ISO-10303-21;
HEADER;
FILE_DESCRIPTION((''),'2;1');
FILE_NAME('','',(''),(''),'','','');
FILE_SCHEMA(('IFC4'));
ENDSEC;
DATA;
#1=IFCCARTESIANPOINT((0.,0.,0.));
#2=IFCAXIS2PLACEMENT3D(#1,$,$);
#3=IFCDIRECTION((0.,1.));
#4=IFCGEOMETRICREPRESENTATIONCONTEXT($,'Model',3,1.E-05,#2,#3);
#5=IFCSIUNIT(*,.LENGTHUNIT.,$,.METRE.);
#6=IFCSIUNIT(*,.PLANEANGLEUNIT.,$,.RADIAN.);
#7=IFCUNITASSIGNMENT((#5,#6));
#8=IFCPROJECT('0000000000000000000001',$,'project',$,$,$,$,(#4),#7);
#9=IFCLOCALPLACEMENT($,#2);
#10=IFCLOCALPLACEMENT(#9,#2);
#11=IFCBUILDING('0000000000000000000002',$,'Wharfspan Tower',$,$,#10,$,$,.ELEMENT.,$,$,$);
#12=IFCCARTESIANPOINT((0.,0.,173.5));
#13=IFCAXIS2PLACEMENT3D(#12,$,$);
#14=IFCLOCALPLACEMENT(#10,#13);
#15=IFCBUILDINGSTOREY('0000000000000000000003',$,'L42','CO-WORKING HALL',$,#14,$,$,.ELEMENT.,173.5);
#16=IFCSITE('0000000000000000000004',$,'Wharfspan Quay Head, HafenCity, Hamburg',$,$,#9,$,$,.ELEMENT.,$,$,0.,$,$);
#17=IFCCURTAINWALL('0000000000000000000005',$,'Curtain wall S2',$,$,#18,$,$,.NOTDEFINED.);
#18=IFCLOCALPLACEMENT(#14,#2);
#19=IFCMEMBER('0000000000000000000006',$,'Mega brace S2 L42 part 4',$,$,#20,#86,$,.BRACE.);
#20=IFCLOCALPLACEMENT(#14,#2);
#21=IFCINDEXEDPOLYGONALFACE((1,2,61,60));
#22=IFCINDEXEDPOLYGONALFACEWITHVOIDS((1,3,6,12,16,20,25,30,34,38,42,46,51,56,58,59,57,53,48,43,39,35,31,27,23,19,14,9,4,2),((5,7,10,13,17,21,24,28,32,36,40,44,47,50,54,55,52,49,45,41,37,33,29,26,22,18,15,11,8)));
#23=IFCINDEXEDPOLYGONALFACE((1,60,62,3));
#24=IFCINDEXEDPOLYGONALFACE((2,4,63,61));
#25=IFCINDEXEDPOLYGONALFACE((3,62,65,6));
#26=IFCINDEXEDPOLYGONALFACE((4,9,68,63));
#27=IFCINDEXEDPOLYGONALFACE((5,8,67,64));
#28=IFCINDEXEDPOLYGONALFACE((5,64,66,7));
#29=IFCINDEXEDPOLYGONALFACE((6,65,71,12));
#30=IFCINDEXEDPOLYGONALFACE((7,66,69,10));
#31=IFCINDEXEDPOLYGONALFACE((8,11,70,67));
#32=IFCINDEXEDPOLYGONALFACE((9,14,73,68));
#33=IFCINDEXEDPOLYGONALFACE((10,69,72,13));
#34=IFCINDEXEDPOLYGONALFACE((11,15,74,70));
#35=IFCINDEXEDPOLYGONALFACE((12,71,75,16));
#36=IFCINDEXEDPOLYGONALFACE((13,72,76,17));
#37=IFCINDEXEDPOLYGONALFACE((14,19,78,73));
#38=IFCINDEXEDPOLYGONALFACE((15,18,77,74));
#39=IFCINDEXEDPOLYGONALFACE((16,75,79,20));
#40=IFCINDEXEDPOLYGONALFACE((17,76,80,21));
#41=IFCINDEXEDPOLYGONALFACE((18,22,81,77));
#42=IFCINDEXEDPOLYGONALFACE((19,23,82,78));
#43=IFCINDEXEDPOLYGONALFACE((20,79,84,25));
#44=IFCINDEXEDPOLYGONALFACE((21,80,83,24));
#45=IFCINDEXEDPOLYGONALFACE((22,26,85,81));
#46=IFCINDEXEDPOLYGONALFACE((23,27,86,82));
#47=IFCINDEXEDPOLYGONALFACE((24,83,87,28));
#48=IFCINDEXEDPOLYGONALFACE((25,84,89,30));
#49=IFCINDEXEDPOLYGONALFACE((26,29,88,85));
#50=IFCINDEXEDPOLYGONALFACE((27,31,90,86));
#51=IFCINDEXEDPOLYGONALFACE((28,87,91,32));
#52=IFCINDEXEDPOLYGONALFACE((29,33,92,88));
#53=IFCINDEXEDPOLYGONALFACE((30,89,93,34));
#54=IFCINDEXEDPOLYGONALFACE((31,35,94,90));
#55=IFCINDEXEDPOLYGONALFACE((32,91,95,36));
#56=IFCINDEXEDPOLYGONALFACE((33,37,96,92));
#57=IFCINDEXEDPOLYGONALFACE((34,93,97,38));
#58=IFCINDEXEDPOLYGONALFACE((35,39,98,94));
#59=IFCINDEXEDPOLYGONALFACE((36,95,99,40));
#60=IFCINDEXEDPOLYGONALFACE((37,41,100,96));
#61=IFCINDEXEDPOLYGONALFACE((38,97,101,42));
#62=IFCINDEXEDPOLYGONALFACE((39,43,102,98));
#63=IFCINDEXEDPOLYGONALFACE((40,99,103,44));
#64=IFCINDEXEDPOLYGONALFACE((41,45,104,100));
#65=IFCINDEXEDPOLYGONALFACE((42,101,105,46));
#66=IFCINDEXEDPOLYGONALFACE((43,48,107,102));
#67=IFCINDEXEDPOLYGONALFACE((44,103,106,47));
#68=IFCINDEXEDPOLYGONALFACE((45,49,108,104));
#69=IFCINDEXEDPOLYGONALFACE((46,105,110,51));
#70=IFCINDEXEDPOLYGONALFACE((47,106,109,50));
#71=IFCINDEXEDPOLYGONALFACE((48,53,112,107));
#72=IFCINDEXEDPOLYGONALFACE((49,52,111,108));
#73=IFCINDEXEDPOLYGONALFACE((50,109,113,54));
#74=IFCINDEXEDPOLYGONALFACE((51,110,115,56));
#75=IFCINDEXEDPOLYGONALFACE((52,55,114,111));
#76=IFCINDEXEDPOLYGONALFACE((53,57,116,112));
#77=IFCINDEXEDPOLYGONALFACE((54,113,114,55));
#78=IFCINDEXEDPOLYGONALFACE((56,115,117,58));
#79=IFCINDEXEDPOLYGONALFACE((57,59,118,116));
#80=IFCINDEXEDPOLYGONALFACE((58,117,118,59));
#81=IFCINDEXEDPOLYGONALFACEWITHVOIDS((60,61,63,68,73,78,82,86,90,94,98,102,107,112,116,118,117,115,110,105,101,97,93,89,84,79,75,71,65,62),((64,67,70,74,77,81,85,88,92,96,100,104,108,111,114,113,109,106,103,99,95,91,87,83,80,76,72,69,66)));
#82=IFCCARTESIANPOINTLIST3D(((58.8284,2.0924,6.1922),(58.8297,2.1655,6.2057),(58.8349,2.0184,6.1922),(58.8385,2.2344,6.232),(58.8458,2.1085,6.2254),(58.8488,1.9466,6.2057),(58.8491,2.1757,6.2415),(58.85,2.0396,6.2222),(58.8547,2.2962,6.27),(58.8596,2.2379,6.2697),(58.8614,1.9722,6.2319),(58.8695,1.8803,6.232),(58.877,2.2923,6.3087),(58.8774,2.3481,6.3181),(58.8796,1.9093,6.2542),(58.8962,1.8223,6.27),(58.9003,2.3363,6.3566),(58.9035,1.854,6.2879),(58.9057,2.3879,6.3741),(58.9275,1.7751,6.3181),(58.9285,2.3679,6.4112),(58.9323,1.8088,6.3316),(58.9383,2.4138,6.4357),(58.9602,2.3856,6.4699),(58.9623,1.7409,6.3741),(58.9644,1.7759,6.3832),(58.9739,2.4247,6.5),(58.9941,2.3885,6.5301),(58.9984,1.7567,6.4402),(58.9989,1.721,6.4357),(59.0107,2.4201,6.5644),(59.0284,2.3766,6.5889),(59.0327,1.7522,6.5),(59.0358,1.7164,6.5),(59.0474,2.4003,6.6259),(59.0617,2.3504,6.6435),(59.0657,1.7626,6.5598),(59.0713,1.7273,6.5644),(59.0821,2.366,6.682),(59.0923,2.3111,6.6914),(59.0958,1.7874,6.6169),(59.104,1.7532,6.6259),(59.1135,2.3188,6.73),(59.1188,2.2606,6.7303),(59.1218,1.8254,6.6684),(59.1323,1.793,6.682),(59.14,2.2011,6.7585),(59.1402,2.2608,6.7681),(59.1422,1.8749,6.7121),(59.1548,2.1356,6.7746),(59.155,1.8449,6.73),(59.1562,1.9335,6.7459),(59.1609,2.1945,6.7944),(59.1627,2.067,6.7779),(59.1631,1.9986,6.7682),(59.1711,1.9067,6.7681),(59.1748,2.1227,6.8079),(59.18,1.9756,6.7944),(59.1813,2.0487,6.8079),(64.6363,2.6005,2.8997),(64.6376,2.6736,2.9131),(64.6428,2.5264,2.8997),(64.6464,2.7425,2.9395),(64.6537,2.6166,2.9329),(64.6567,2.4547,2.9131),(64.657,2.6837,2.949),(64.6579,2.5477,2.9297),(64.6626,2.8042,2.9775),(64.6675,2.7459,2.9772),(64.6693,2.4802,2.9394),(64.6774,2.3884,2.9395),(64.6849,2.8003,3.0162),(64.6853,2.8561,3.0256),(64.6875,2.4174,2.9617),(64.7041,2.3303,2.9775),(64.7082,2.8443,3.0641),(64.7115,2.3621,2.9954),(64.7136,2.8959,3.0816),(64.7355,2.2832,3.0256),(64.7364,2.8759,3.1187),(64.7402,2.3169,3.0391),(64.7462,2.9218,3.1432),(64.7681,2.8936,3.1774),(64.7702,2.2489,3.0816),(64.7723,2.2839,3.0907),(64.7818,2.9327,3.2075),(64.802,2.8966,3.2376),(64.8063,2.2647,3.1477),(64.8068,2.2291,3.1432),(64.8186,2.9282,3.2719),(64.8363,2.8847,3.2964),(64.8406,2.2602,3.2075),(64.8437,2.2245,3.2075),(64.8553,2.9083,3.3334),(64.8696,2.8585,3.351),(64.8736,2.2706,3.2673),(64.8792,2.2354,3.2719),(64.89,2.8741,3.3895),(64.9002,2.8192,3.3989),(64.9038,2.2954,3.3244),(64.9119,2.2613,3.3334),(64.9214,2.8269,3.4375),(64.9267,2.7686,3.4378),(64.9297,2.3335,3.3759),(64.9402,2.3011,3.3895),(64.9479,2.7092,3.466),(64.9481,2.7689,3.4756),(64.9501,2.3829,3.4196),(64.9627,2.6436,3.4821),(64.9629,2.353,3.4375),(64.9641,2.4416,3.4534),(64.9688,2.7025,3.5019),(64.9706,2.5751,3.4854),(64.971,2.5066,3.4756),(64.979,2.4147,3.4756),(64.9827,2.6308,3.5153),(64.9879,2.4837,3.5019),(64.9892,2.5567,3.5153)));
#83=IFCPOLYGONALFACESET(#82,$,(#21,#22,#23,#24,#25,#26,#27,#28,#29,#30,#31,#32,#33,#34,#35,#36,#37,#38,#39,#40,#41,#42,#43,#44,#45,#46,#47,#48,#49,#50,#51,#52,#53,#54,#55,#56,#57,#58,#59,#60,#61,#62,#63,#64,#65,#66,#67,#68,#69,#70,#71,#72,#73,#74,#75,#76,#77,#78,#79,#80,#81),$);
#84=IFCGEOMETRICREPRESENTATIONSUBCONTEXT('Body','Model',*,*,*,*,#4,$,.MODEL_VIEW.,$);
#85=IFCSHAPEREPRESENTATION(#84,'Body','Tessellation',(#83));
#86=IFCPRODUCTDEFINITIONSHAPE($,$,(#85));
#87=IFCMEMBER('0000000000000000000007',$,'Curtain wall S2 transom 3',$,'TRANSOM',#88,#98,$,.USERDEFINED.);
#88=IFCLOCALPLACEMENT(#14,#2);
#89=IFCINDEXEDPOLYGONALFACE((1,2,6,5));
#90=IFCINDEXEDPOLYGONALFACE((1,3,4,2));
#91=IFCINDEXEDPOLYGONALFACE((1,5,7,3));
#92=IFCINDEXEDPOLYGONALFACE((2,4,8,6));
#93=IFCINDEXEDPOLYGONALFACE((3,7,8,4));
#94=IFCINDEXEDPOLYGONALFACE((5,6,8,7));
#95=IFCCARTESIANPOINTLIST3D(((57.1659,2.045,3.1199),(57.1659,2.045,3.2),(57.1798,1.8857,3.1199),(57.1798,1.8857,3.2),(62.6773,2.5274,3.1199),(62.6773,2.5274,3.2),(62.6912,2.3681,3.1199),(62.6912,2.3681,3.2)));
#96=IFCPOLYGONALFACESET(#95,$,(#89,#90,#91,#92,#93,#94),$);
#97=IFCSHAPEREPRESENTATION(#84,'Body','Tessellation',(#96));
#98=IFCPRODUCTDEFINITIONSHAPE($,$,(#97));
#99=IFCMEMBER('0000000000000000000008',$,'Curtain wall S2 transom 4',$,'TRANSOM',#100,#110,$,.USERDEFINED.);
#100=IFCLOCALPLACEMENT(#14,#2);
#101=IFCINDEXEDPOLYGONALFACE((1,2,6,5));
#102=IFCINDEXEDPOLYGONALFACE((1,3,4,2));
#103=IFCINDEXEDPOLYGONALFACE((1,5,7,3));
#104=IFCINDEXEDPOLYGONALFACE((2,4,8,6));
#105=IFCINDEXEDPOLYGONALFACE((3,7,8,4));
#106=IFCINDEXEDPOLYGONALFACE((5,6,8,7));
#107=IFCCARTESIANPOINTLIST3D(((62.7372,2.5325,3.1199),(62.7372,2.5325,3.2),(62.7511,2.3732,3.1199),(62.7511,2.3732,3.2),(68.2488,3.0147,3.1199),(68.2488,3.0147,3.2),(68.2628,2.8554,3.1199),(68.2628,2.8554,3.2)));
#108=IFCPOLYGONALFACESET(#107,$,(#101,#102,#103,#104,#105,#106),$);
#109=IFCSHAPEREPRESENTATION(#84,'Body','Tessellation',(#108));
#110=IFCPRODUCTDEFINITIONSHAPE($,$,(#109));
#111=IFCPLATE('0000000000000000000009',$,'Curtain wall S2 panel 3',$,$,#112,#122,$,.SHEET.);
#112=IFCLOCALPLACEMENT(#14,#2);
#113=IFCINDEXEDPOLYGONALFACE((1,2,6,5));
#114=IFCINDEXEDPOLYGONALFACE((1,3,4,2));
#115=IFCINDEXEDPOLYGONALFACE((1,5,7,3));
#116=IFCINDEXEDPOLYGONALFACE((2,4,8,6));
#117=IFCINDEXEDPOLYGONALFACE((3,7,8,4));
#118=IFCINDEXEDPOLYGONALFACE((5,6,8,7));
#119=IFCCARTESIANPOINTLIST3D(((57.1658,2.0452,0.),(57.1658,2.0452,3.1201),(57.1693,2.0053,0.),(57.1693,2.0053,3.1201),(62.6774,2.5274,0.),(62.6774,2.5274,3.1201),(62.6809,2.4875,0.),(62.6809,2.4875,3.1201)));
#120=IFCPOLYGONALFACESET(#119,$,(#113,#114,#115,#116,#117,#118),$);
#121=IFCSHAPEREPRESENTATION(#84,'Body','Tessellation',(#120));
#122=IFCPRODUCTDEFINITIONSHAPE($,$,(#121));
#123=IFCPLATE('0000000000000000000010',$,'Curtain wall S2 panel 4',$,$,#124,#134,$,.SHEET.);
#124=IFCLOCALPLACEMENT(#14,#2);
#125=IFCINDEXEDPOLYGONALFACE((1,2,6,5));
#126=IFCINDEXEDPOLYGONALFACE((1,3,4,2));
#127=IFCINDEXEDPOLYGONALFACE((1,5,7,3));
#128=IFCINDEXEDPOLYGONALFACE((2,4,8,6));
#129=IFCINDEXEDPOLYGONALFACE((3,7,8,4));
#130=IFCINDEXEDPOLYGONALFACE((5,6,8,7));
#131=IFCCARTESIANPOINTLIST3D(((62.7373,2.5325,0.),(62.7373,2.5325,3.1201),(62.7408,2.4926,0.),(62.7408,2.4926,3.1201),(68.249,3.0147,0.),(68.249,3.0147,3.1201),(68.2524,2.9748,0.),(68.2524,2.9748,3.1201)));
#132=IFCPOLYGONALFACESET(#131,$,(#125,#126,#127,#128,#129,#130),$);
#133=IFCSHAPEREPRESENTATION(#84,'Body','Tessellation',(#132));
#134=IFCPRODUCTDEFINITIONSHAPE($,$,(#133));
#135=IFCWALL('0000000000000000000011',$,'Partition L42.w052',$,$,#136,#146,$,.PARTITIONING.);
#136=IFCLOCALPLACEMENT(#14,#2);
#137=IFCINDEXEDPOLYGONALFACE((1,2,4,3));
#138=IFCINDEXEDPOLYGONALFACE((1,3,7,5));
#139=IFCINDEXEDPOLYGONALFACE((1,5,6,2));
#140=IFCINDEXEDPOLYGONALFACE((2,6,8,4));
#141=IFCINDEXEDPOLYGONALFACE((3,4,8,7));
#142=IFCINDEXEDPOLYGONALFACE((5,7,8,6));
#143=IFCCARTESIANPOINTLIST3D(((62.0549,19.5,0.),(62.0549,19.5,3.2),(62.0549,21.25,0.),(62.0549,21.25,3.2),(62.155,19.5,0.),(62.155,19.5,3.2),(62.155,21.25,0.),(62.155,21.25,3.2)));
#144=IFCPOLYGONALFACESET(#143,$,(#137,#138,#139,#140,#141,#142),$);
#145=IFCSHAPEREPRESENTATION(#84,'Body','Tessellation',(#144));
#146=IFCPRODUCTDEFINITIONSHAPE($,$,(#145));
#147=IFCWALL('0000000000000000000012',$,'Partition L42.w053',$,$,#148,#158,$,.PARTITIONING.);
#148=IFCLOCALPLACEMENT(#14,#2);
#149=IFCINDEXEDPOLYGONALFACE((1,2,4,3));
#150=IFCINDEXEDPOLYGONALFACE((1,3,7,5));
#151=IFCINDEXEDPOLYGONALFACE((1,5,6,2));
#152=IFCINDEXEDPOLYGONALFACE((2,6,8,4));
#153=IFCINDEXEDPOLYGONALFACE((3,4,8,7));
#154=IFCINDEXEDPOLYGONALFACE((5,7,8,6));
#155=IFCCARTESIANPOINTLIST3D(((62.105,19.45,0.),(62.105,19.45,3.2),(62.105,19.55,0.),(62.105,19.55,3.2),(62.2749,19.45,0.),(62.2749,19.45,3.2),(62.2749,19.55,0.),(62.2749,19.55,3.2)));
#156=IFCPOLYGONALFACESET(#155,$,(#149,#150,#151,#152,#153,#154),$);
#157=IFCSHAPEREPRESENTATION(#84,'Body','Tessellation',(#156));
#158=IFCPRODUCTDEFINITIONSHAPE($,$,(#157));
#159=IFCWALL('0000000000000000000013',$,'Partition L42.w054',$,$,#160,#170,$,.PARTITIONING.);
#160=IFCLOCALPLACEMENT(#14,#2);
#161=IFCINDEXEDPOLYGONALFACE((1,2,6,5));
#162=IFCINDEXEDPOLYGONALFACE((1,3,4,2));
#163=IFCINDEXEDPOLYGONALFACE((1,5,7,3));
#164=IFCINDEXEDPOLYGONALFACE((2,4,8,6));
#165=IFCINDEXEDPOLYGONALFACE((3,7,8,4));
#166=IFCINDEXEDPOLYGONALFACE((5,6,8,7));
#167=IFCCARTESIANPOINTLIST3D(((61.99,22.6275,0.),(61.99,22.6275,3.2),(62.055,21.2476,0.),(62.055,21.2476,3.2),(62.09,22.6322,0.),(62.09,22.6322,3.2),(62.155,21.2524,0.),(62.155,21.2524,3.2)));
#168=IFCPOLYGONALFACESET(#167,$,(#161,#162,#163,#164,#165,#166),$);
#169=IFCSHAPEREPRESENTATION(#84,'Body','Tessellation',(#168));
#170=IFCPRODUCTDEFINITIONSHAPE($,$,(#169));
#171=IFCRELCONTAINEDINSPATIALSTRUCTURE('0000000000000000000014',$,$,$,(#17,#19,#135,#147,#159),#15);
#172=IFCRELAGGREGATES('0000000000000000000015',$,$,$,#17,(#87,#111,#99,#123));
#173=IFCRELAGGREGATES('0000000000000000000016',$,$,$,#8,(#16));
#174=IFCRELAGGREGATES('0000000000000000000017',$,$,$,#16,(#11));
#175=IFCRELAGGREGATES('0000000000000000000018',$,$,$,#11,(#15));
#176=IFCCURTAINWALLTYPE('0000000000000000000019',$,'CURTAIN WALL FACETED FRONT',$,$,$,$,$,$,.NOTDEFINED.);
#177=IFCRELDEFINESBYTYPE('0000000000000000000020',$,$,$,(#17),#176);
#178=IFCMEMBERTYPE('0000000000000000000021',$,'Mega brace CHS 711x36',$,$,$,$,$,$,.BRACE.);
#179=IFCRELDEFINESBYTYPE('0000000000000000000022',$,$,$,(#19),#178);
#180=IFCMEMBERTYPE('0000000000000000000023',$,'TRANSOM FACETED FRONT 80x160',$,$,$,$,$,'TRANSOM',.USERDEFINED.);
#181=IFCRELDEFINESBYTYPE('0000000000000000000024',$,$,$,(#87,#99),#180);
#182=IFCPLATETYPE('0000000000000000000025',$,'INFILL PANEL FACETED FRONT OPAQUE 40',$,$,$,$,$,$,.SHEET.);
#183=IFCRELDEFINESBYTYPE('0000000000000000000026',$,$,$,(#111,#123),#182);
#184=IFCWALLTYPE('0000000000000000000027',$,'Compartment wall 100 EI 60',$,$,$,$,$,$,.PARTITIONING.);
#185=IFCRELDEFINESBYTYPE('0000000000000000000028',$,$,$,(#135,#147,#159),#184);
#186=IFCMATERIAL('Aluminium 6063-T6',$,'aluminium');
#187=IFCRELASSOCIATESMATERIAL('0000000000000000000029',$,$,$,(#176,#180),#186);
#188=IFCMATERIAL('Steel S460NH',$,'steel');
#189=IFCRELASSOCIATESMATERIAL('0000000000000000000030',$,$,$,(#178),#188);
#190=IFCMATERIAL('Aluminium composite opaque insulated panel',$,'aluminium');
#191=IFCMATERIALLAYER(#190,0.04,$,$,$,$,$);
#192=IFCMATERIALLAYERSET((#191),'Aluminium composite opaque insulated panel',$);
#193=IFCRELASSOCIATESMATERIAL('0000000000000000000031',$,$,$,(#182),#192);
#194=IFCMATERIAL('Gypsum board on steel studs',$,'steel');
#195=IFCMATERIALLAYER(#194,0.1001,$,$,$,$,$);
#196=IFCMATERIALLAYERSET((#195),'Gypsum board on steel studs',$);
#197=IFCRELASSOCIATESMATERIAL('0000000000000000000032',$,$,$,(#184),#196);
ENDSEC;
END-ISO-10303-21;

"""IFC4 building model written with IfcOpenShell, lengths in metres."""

from ifc_helpers import new_model, si_unit, direction, frame, frame_2d, origin, origin_2d, place, context, subcontext, project, spatial, rectangle, hollow_circle, extrude, material, layer, layer_set, material_profile, profile_set, type_object, element, aggregate, save


model = new_model("IFC4")

# Units and contexts
model_context = context("Model", 3, precision=1e-05, world=origin(), true_north=direction((0.0, 1.0)))
body_context = subcontext(model_context, "Body", "Model", "MODEL_VIEW")
ifc_project = project(units=[si_unit("LENGTHUNIT", "METRE"), si_unit("PLANEANGLEUNIT", "RADIAN")], contexts=[model_context])

# Site, building, storey
site_placement = place(None, origin())
site = spatial("IfcSite", under=ifc_project, at=site_placement, Name="Wharfspan Quay Head, HafenCity, Hamburg", CompositionType="ELEMENT", RefElevation=0.0)
building_placement = place(site_placement, origin())
building = spatial("IfcBuilding", under=site, at=building_placement, Name="Wharfspan Tower", CompositionType="ELEMENT")
storey_placement = place(building_placement, frame((0.0, 0.0, 173.5)))
storey = spatial("IfcBuildingStorey", under=building, at=storey_placement, Name="L42", Description="CO-WORKING HALL", CompositionType="ELEMENT", Elevation=173.5)

# Curtain wall
ifc_material_1 = material(Name="Aluminium 6063-T6", Category="aluminium")
curtain_wall_type = type_object("IfcCurtainWallType", Name="CURTAIN WALL FACETED FRONT", PredefinedType="NOTDEFINED", material=ifc_material_1)
curtain_wall_placement = place(storey_placement, origin())
curtain_wall = element("IfcCurtainWall", 1, at=curtain_wall_placement, inside=storey, type_object=curtain_wall_type, Name="Curtain wall S2", PredefinedType="NOTDEFINED")

# Members
ifc_material_2 = material(Name="Steel S460NH", Category="steel")
ifc_material_profile_1 = material_profile(ifc_material_2, hollow_circle(Radius=0.3555, WallThickness=0.0359, at=origin_2d()))
ifc_profile_set_1 = profile_set([ifc_material_profile_1], Name="Steel S460NH")
member_type_1 = type_object("IfcMemberType", Name="Mega brace CHS 711x36", PredefinedType="BRACE", material=ifc_profile_set_1)
member_1_placement = place(storey_placement, frame((64.8127, 2.5786, 3.2075), z_axis=(-0.867427, -0.07588, 0.491745), x_axis=(0.087145, -0.996197, 0.000001)))
element("IfcMember", 2, at=member_1_placement, inside=storey, type_object=member_type_1, Name="Mega brace S2 L42 part 4", PredefinedType="BRACE", context=body_context, shape_type="SweptSolid", body=[
    extrude(hollow_circle(Radius=0.3555, WallThickness=0.0359, at=origin_2d()), origin(), (0.0, 0.0, 1.0), 6.6956),
])
ifc_material_profile_2 = material_profile(ifc_material_1, rectangle(XDim=0.1599, YDim=0.0801, at=origin_2d()))
ifc_profile_set_2 = profile_set([ifc_material_profile_2], Name="Aluminium 6063-T6")
member_type_2 = type_object("IfcMemberType", Name="TRANSOM FACETED FRONT 80x160", ElementType="TRANSOM", PredefinedType="USERDEFINED", material=ifc_profile_set_2)
member_2_placement = place(storey_placement, frame((57.1729, 1.9653, 3.1599), z_axis=(0.996191, 0.087197, 0.0), x_axis=(-0.087197, 0.996191, 0.0)))
member_2 = element("IfcMember", 3, at=member_2_placement, type_object=member_type_2, Name="Curtain wall S2 transom 3", ObjectType="TRANSOM", PredefinedType="USERDEFINED", context=body_context, shape_type="SweptSolid", body=[
    extrude(rectangle(XDim=0.1599, YDim=0.0801, at=origin_2d()), origin(), (0.0, 0.0, 1.0), 5.5325),
])
member_3_placement = place(storey_placement, frame((62.7441, 2.4529, 3.1599), z_axis=(0.996195, 0.087149, 0.0), x_axis=(-0.087149, 0.996195, 0.0)))
member_3 = element("IfcMember", 4, at=member_3_placement, type_object=member_type_2, Name="Curtain wall S2 transom 4", ObjectType="TRANSOM", PredefinedType="USERDEFINED", context=body_context, shape_type="SweptSolid", body=[
    extrude(rectangle(XDim=0.1599, YDim=0.0801, at=origin_2d()), origin(), (0.0, 0.0, 1.0), 5.5327),
])

# Plates
ifc_material_3 = material(Name="Aluminium composite opaque insulated panel", Category="aluminium")
ifc_layer_1 = layer(ifc_material_3, 0.04)
ifc_layer_set_1 = layer_set([ifc_layer_1], Name="Aluminium composite opaque insulated panel")
plate_type = type_object("IfcPlateType", Name="INFILL PANEL FACETED FRONT OPAQUE 40", PredefinedType="SHEET", material=ifc_layer_set_1)
plate_1_placement = place(storey_placement, frame((59.9233, 2.2664, 0.0), z_axis=(0.0, 0.0, 1.0), x_axis=(0.996198, 0.087156, 0.0)))
plate_1 = element("IfcPlate", 5, at=plate_1_placement, type_object=plate_type, Name="Curtain wall S2 panel 3", PredefinedType="SHEET", context=body_context, shape_type="SweptSolid", body=[
    extrude(rectangle(XDim=5.5327, YDim=0.04, at=origin_2d()), origin(), (0.0, 0.0, 1.0), 3.1201),
])
plate_2_placement = place(storey_placement, frame((65.4949, 2.7537, 0.0), z_axis=(0.0, 0.0, 1.0), x_axis=(0.996198, 0.087156, 0.0)))
plate_2 = element("IfcPlate", 6, at=plate_2_placement, type_object=plate_type, Name="Curtain wall S2 panel 4", PredefinedType="SHEET", context=body_context, shape_type="SweptSolid", body=[
    extrude(rectangle(XDim=5.5327, YDim=0.04, at=origin_2d()), origin(), (0.0, 0.0, 1.0), 3.1201),
])
aggregate(curtain_wall, [member_2, plate_1, member_3, plate_2])

# Walls
ifc_material_4 = material(Name="Gypsum board on steel studs", Category="steel")
ifc_layer_2 = layer(ifc_material_4, 0.1001)
ifc_layer_set_2 = layer_set([ifc_layer_2], Name="Gypsum board on steel studs")
wall_type_1 = type_object("IfcWallType", Name="Compartment wall 100 EI 60", PredefinedType="PARTITIONING", material=ifc_layer_set_2)
wall_1_placement = place(storey_placement, frame((62.105, 19.5, 0.0), z_axis=(0.0, 0.0, 1.0), x_axis=(0.0, 1.0, 0.0)))
element("IfcWall", 7, at=wall_1_placement, inside=storey, type_object=wall_type_1, Name="Partition L42.w052", PredefinedType="PARTITIONING", context=body_context, shape_type="SweptSolid", body=[
    extrude(rectangle(XDim=1.75, YDim=0.1001, at=frame_2d((0.875, 0.0))), origin(), (0.0, 0.0, 1.0), 3.2),
])
wall_2_placement = place(storey_placement, frame((62.105, 19.5, 0.0), z_axis=(0.0, 0.0, 1.0), x_axis=(1.0, 0.0, 0.0)))
element("IfcWall", 8, at=wall_2_placement, inside=storey, type_object=wall_type_1, Name="Partition L42.w053", PredefinedType="PARTITIONING", context=body_context, shape_type="SweptSolid", body=[
    extrude(rectangle(XDim=0.1699, YDim=0.1001, at=frame_2d((0.085, 0.0))), origin(), (0.0, 0.0, 1.0), 3.2),
])
wall_3_placement = place(storey_placement, frame((62.105, 21.25, 0.0), z_axis=(0.0, 0.0, 1.0), x_axis=(-0.047011, 0.998895, 0.0)))
element("IfcWall", 9, at=wall_3_placement, inside=storey, type_object=wall_type_1, Name="Partition L42.w054", PredefinedType="PARTITIONING", context=body_context, shape_type="SweptSolid", body=[
    extrude(rectangle(XDim=1.3813, YDim=0.1001, at=frame_2d((0.6907, 0.0))), origin(), (0.0, 0.0, 1.0), 3.2),
])

save(model, "model.ifc")
